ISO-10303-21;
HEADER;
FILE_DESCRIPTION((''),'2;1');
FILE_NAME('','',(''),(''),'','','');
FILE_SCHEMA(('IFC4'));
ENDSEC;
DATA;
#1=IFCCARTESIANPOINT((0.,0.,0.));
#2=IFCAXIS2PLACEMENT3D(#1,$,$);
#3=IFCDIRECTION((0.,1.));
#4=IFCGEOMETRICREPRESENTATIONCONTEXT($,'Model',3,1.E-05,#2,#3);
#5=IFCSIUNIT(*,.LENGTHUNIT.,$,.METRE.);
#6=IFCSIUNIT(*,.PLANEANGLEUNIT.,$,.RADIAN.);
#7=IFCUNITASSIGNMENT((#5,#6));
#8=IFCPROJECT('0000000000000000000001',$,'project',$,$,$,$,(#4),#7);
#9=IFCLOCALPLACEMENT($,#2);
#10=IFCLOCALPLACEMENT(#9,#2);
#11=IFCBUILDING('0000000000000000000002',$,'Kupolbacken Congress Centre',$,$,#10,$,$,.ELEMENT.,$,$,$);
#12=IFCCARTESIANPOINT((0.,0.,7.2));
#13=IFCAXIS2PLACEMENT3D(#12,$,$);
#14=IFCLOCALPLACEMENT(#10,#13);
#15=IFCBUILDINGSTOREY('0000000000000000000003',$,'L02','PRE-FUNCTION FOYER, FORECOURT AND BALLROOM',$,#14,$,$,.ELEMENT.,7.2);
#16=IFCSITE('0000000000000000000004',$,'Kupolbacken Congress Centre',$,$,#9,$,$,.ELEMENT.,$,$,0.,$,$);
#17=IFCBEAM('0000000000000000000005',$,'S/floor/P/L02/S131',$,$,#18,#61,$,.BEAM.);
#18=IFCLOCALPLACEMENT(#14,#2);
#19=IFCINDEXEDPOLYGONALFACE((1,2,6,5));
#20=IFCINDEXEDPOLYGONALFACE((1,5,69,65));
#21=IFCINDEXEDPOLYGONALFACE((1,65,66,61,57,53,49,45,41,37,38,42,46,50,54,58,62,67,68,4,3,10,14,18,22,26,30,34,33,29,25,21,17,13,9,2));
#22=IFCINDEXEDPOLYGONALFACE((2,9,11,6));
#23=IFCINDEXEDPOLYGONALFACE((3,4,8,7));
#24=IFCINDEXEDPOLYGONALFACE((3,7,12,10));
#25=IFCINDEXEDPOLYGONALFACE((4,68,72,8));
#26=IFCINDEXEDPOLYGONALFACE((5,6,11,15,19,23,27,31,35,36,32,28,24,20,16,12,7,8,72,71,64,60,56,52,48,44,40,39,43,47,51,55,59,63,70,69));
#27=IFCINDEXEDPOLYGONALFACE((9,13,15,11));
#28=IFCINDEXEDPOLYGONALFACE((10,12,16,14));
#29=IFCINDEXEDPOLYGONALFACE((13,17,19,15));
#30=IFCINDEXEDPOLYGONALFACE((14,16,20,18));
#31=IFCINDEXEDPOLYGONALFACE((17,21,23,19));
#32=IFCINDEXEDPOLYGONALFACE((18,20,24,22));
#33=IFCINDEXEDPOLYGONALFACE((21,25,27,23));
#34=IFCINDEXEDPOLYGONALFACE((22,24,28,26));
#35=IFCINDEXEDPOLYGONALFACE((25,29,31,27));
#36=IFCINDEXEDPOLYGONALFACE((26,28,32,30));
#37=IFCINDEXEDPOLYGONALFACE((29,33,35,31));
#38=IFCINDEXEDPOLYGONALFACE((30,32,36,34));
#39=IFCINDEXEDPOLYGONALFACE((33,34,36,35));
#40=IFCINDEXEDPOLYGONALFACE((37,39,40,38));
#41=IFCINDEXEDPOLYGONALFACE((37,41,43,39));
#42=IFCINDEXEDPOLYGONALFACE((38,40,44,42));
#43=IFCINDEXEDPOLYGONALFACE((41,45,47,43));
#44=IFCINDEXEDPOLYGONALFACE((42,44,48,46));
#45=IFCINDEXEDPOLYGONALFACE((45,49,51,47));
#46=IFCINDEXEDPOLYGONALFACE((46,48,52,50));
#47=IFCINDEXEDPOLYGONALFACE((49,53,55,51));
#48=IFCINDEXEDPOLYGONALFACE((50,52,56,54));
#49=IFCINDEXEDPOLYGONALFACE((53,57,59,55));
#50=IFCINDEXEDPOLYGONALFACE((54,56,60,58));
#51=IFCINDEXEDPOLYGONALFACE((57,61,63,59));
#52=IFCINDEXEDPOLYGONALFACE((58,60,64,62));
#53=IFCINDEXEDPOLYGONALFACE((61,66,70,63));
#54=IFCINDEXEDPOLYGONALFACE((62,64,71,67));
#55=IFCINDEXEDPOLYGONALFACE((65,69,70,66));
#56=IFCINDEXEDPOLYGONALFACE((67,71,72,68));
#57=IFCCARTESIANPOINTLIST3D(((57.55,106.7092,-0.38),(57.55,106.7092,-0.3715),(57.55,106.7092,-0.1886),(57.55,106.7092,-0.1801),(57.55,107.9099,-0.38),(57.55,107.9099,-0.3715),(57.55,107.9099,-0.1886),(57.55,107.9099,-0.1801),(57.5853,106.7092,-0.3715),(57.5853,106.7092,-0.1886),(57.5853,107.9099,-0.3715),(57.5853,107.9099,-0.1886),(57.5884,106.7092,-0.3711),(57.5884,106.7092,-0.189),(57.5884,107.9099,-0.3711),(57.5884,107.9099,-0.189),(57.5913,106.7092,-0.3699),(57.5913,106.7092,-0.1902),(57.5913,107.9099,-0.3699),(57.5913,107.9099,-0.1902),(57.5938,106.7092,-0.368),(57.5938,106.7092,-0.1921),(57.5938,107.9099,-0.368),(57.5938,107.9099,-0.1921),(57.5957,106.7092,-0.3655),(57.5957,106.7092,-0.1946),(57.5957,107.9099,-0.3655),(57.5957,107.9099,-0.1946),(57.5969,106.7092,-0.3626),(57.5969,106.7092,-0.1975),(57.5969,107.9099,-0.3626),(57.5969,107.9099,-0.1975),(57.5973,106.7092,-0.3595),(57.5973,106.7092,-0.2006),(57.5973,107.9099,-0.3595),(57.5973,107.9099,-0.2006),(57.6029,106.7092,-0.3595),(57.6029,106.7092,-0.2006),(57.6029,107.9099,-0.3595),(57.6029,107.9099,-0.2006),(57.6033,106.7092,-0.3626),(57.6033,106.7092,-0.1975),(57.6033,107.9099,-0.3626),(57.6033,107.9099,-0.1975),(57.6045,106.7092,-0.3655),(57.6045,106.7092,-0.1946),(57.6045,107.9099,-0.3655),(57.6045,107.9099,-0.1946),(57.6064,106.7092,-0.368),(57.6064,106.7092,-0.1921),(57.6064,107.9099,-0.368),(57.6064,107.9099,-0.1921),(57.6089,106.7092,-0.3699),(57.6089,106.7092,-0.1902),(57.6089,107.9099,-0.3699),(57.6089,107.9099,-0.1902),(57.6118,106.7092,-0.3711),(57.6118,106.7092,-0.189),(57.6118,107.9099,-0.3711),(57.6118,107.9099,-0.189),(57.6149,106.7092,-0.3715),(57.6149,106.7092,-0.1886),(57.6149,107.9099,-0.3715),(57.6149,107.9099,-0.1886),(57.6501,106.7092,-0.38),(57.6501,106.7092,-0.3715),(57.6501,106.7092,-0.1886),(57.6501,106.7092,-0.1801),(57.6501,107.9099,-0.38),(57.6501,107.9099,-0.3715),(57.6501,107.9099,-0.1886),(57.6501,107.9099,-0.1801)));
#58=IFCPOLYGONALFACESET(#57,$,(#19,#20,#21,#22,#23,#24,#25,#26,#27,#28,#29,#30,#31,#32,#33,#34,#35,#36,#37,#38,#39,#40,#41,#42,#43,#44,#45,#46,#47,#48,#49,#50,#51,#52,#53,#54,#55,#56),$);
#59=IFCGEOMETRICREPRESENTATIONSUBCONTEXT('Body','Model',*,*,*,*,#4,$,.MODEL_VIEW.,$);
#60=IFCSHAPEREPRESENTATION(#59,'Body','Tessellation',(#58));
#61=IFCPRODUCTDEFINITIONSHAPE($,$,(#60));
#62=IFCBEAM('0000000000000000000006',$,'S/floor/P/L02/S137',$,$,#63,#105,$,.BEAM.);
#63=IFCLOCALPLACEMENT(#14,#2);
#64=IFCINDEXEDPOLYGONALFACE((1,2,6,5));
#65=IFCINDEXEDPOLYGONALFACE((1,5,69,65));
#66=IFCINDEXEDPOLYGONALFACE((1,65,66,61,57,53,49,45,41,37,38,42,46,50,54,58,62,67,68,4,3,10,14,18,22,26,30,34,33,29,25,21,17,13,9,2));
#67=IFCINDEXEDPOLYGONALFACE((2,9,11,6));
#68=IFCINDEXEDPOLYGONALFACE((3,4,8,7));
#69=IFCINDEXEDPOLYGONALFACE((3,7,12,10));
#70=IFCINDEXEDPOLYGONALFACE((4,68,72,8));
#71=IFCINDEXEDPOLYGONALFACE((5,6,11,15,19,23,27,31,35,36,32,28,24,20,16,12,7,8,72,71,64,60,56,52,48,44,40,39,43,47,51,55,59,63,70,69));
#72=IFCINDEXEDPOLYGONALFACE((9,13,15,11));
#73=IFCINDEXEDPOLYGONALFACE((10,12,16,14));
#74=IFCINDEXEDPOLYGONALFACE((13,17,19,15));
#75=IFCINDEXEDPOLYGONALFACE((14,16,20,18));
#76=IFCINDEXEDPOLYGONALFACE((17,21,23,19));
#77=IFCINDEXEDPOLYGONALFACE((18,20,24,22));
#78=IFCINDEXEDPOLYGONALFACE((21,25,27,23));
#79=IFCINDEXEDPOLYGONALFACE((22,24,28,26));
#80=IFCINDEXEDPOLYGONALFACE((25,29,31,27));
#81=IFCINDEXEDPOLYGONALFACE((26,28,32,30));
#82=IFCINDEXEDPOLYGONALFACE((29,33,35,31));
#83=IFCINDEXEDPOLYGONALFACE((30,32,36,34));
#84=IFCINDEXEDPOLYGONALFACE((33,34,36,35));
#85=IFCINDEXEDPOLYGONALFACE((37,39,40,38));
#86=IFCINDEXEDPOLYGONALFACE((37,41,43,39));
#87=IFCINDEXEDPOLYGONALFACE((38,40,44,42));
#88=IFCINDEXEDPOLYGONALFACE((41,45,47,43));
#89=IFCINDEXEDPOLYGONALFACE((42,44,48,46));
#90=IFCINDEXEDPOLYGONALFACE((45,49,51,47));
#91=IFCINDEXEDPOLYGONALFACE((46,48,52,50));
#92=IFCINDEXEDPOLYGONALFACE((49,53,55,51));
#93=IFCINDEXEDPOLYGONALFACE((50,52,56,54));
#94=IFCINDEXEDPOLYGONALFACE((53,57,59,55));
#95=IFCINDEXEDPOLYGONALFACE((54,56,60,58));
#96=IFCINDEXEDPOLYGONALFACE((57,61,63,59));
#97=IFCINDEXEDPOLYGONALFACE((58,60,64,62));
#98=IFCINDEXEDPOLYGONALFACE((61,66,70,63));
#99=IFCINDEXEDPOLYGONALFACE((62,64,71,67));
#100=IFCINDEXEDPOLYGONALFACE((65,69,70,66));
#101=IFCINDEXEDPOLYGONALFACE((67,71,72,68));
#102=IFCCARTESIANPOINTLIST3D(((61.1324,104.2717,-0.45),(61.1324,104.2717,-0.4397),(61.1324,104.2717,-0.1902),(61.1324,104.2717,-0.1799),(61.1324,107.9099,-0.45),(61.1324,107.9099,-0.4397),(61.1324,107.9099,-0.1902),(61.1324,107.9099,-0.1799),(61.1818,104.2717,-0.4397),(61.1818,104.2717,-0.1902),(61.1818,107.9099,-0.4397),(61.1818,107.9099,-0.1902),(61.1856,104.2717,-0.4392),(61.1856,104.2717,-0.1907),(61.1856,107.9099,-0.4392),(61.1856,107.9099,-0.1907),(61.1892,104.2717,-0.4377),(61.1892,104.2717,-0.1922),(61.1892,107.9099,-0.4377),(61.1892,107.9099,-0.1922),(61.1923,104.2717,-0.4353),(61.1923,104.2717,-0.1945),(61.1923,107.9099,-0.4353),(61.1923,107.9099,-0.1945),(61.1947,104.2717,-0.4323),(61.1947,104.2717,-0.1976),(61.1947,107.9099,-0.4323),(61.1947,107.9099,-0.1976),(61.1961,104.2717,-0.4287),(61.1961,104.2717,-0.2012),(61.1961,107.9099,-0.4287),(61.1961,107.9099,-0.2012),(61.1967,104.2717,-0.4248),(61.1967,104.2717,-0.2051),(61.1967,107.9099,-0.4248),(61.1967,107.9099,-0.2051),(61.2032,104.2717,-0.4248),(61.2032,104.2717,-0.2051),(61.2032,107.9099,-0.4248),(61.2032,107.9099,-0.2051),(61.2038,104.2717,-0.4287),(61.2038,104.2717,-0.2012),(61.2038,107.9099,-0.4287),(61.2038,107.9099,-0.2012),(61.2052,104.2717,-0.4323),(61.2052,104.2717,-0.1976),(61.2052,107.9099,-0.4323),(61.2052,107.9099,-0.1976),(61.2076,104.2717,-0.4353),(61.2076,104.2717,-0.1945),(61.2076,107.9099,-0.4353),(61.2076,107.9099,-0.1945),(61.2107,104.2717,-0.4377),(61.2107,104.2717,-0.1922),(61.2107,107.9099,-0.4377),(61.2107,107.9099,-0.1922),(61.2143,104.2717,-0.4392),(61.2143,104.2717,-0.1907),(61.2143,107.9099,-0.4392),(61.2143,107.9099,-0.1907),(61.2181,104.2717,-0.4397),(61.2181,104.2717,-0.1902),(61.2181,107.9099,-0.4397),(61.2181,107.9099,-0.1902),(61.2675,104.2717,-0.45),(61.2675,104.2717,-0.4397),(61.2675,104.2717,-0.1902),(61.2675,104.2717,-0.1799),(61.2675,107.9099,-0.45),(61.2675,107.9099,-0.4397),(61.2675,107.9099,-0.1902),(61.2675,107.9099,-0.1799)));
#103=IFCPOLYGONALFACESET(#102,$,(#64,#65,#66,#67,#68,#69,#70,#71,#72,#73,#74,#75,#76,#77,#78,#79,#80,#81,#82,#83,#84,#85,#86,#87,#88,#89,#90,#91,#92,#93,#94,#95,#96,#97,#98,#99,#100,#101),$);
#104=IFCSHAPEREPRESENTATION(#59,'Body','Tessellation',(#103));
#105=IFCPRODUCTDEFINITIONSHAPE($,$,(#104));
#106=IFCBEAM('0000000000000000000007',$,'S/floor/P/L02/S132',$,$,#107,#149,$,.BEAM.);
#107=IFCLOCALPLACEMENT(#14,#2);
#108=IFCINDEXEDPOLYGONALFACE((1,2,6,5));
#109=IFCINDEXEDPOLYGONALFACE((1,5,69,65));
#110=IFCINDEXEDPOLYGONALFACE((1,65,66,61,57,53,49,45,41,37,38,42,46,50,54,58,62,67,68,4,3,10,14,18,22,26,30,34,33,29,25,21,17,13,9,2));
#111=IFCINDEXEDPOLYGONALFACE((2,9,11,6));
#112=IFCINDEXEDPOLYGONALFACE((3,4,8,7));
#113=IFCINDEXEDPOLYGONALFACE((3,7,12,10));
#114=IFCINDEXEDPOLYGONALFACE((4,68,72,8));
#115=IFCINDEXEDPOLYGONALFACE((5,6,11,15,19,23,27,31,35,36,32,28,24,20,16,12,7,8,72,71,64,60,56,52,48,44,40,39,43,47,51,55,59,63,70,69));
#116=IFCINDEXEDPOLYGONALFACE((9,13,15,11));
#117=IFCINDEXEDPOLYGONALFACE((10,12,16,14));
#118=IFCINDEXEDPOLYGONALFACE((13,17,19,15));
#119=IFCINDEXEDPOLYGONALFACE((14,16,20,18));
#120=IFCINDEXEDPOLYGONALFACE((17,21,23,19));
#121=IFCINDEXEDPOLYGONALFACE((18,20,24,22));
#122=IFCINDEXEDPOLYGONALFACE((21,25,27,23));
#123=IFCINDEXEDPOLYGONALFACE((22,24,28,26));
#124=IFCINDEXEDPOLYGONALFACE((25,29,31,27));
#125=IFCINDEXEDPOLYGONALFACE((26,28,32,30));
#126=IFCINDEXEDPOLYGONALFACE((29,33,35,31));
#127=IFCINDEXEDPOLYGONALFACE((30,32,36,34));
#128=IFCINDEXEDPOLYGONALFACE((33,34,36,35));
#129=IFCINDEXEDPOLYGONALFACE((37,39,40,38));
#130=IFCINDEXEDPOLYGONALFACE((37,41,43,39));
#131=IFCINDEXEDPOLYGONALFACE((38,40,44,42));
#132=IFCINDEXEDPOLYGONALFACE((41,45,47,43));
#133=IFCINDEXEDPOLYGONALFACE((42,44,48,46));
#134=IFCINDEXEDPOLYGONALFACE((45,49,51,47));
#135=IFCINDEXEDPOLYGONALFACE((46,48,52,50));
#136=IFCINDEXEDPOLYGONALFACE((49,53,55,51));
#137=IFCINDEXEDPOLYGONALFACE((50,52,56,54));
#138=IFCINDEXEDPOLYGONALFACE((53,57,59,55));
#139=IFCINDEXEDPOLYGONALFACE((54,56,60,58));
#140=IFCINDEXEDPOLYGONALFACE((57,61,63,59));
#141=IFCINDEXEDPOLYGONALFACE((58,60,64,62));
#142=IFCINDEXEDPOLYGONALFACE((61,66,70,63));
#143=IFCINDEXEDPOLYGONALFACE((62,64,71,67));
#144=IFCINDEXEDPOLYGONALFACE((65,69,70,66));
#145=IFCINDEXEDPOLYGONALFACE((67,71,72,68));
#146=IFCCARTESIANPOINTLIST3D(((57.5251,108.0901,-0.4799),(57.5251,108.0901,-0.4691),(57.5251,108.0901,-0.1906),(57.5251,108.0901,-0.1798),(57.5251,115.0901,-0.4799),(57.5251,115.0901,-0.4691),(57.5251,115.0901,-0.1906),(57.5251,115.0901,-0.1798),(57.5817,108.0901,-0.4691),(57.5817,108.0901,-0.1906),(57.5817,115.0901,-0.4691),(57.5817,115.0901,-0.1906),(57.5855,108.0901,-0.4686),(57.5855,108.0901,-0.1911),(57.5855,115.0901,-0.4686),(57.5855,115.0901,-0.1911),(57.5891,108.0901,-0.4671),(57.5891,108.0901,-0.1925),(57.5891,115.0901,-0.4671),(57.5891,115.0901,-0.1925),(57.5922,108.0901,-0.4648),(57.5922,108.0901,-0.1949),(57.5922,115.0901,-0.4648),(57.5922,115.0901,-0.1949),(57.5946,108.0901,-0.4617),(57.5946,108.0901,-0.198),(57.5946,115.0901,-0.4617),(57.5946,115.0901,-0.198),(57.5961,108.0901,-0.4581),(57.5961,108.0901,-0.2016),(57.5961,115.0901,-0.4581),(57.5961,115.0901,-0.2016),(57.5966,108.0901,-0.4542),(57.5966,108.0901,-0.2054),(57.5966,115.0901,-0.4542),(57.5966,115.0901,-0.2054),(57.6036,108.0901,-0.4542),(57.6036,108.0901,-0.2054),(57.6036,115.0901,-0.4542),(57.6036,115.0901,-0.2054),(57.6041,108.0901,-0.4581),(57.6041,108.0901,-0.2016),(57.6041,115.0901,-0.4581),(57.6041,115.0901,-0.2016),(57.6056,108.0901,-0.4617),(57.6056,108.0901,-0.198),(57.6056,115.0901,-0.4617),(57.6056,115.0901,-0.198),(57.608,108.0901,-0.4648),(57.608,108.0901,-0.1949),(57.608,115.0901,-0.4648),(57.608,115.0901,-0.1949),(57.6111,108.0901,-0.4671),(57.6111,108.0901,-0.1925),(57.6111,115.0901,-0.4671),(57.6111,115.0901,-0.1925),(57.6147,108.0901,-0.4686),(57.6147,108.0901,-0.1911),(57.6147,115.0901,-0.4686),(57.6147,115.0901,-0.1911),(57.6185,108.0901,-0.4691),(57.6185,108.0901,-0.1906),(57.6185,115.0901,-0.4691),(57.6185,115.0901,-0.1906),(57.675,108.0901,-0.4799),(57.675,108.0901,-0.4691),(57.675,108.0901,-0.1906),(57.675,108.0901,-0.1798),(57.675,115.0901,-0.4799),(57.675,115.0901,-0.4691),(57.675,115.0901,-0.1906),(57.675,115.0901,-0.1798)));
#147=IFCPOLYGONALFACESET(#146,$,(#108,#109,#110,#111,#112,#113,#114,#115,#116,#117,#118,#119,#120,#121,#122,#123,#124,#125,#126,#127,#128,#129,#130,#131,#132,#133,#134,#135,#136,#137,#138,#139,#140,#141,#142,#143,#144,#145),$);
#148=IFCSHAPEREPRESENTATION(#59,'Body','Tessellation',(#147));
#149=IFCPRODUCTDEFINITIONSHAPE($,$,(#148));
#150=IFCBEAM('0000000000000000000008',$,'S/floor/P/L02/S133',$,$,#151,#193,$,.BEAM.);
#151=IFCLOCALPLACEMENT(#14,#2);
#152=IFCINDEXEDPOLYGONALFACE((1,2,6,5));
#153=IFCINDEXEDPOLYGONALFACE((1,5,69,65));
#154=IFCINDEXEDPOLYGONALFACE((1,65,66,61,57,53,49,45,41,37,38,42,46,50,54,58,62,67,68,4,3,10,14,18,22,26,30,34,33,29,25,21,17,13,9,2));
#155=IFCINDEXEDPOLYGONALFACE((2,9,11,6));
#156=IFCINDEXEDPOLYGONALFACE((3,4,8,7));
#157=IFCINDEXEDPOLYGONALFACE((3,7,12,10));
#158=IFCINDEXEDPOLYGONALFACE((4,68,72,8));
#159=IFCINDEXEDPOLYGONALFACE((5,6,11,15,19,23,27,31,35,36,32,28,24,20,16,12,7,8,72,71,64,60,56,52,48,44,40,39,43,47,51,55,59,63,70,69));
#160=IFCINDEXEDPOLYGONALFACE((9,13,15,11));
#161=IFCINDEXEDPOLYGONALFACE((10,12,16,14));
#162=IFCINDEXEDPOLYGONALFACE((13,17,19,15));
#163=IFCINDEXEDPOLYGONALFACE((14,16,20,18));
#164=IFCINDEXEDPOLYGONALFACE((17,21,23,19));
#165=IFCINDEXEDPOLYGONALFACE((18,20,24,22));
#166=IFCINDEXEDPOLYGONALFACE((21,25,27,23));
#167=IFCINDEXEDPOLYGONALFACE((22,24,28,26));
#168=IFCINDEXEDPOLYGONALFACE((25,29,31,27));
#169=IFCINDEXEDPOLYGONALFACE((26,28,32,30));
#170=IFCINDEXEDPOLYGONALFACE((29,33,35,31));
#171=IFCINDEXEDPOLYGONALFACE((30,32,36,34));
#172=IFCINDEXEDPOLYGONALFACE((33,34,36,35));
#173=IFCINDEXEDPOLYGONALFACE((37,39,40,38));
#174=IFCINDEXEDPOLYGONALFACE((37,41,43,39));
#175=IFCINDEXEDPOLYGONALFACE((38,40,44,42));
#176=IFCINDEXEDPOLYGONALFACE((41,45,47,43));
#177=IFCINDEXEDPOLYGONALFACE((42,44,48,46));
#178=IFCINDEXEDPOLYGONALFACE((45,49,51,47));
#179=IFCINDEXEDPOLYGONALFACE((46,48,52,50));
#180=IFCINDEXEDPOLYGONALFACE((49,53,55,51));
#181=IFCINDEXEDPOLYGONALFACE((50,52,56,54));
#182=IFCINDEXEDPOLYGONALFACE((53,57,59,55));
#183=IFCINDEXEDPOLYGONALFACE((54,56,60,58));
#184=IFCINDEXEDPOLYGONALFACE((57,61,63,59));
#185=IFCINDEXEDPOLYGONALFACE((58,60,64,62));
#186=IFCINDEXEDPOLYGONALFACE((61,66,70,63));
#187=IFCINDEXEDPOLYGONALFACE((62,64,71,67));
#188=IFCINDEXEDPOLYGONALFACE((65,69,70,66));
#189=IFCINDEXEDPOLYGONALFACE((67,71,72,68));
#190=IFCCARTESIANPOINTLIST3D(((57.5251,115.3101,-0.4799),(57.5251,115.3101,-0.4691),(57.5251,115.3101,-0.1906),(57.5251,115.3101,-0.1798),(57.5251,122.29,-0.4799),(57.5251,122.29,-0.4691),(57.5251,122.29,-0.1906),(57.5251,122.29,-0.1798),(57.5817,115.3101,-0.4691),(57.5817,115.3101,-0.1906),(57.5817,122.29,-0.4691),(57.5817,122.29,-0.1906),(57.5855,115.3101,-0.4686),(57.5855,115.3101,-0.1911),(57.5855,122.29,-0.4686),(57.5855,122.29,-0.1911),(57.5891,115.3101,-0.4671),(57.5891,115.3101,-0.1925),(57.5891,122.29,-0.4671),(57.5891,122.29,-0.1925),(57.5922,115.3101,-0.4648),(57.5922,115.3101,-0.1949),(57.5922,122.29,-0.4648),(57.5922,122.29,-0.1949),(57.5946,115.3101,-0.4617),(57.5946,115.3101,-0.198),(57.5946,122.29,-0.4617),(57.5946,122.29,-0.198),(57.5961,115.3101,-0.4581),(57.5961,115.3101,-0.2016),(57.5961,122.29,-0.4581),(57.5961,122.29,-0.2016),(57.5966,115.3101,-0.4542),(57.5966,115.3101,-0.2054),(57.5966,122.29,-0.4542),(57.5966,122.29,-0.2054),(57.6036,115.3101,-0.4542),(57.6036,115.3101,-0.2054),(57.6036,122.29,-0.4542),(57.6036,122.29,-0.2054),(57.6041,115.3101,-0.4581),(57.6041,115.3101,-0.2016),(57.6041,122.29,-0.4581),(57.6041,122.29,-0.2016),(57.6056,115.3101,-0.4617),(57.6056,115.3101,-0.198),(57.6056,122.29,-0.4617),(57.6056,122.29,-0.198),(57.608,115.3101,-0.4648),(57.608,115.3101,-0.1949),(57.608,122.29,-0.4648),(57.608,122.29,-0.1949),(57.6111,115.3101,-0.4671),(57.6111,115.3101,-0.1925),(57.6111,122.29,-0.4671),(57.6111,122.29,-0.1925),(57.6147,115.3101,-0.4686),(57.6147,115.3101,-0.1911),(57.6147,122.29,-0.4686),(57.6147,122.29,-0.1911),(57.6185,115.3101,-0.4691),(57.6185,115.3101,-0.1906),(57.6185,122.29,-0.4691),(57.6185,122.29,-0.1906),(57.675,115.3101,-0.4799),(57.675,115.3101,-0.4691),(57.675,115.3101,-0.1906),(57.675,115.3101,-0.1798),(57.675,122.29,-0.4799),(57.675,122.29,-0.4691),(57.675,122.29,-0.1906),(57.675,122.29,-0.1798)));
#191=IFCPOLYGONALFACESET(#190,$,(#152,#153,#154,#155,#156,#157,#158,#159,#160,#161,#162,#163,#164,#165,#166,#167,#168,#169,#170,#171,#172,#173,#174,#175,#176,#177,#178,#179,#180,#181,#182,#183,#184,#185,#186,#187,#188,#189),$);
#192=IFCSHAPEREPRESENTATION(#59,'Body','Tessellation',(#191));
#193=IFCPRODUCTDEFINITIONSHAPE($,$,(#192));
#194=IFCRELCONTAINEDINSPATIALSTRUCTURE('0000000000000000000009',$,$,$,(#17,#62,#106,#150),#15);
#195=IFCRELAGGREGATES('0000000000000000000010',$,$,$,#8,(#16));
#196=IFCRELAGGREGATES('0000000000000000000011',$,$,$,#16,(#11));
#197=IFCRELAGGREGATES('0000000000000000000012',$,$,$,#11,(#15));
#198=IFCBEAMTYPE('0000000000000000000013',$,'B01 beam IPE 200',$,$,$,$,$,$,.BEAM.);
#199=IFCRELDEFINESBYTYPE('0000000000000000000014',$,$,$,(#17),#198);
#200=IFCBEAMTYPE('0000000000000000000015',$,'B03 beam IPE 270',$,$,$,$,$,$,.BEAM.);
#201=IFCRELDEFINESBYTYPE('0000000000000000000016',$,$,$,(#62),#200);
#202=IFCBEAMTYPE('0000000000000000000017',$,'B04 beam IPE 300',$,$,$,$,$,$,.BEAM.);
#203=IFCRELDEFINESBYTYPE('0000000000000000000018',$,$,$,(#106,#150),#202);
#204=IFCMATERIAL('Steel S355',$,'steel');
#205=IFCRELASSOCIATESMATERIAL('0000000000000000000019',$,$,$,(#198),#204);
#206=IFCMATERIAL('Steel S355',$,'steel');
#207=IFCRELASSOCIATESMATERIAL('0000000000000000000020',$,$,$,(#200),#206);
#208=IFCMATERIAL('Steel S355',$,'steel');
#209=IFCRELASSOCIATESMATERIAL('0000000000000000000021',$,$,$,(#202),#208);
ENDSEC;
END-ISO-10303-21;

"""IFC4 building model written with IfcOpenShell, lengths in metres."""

from ifc_helpers import new_model, si_unit, direction, frame, origin, origin_2d, place, context, subcontext, project, spatial, i_section, extrude, material, material_profile, profile_set, type_object, element, save


model = new_model("IFC4")

# Units and contexts
model_context = context("Model", 3, precision=1e-05, world=origin(), true_north=direction((0.0, 1.0)))
body_context = subcontext(model_context, "Body", "Model", "MODEL_VIEW")
ifc_project = project(units=[si_unit("LENGTHUNIT", "METRE"), si_unit("PLANEANGLEUNIT", "RADIAN")], contexts=[model_context])

# Site, building, storey
site_placement = place(None, origin())
site = spatial("IfcSite", under=ifc_project, at=site_placement, Name="Kupolbacken Congress Centre", CompositionType="ELEMENT", RefElevation=0.0)
building_placement = place(site_placement, origin())
building = spatial("IfcBuilding", under=site, at=building_placement, Name="Kupolbacken Congress Centre", CompositionType="ELEMENT")
storey_placement = place(building_placement, frame((0.0, 0.0, 7.2)))
storey = spatial("IfcBuildingStorey", under=building, at=storey_placement, Name="L02", Description="PRE-FUNCTION FOYER, FORECOURT AND BALLROOM", CompositionType="ELEMENT", Elevation=7.2)

# Beams
ifc_material_1 = material(Name="Steel S355", Category="steel")
ifc_material_profile_1 = material_profile(ifc_material_1, i_section(OverallWidth=0.1001, OverallDepth=0.2, WebThickness=0.0056, FlangeThickness=0.0085, FilletRadius=0.012, at=origin_2d()), Name="IPE 200")
ifc_profile_set_1 = profile_set([ifc_material_profile_1], Name="Steel S355")
beam_type_1 = type_object("IfcBeamType", Name="B01 beam IPE 200", PredefinedType="BEAM", material=ifc_profile_set_1)
for number, where, z_axis, x_axis, name in (
    (1, (57.6001, 106.7092, -0.28), (0.0, 1.0, 0.0), (-1.0, 0.0, 0.0), "S/floor/P/L02/S131"),
):
    element("IfcBeam", number, at=place(storey_placement, frame(where, z_axis=z_axis, x_axis=x_axis)), inside=storey, type_object=beam_type_1, Name=name, PredefinedType="BEAM", context=body_context, shape_type="SweptSolid", body=[
        extrude(i_section(OverallWidth=0.1001, OverallDepth=0.2, WebThickness=0.0056, FlangeThickness=0.0085, FilletRadius=0.012, at=origin_2d()), origin(), (0.0, 0.0, 1.0), 1.2007),
    ])
ifc_material_2 = material(Name="Steel S355", Category="steel")
ifc_material_profile_2 = material_profile(ifc_material_2, i_section(OverallWidth=0.135, OverallDepth=0.27, WebThickness=0.0066, FlangeThickness=0.0103, FilletRadius=0.0149, at=origin_2d()), Name="IPE 270")
ifc_profile_set_2 = profile_set([ifc_material_profile_2], Name="Steel S355")
beam_type_2 = type_object("IfcBeamType", Name="B03 beam IPE 270", PredefinedType="BEAM", material=ifc_profile_set_2)
beam_1_placement = place(storey_placement, frame((61.2, 104.2717, -0.3149), z_axis=(0.0, 1.0, 0.0), x_axis=(-1.0, 0.0, 0.0)))
element("IfcBeam", 2, at=beam_1_placement, inside=storey, type_object=beam_type_2, Name="S/floor/P/L02/S137", PredefinedType="BEAM", context=body_context, shape_type="SweptSolid", body=[
    extrude(i_section(OverallWidth=0.135, OverallDepth=0.27, WebThickness=0.0066, FlangeThickness=0.0103, FilletRadius=0.0149, at=origin_2d()), origin(), (0.0, 0.0, 1.0), 3.6382),
])
ifc_material_3 = material(Name="Steel S355", Category="steel")
ifc_material_profile_3 = material_profile(ifc_material_3, i_section(OverallWidth=0.1499, OverallDepth=0.3, WebThickness=0.0071, FlangeThickness=0.0107, FilletRadius=0.0149, at=origin_2d()), Name="IPE 300")
ifc_profile_set_3 = profile_set([ifc_material_profile_3], Name="Steel S355")
beam_type_3 = type_object("IfcBeamType", Name="B04 beam IPE 300", PredefinedType="BEAM", material=ifc_profile_set_3)
beam_2_placement = place(storey_placement, frame((57.6001, 108.0901, -0.3298), z_axis=(0.0, 1.0, 0.0), x_axis=(-1.0, 0.0, 0.0)))
element("IfcBeam", 3, at=beam_2_placement, inside=storey, type_object=beam_type_3, Name="S/floor/P/L02/S132", PredefinedType="BEAM", context=body_context, shape_type="SweptSolid", body=[
    extrude(i_section(OverallWidth=0.1499, OverallDepth=0.3, WebThickness=0.0071, FlangeThickness=0.0107, FilletRadius=0.0149, at=origin_2d()), origin(), (0.0, 0.0, 1.0), 7.0),
])
beam_3_placement = place(storey_placement, frame((57.6001, 115.3101, -0.3298), z_axis=(0.0, 1.0, 0.0), x_axis=(-1.0, 0.0, 0.0)))
element("IfcBeam", 4, at=beam_3_placement, inside=storey, type_object=beam_type_3, Name="S/floor/P/L02/S133", PredefinedType="BEAM", context=body_context, shape_type="SweptSolid", body=[
    extrude(i_section(OverallWidth=0.1499, OverallDepth=0.3, WebThickness=0.0071, FlangeThickness=0.0107, FilletRadius=0.0149, at=origin_2d()), origin(), (0.0, 0.0, 1.0), 6.98),
])

save(model, "model.ifc")
